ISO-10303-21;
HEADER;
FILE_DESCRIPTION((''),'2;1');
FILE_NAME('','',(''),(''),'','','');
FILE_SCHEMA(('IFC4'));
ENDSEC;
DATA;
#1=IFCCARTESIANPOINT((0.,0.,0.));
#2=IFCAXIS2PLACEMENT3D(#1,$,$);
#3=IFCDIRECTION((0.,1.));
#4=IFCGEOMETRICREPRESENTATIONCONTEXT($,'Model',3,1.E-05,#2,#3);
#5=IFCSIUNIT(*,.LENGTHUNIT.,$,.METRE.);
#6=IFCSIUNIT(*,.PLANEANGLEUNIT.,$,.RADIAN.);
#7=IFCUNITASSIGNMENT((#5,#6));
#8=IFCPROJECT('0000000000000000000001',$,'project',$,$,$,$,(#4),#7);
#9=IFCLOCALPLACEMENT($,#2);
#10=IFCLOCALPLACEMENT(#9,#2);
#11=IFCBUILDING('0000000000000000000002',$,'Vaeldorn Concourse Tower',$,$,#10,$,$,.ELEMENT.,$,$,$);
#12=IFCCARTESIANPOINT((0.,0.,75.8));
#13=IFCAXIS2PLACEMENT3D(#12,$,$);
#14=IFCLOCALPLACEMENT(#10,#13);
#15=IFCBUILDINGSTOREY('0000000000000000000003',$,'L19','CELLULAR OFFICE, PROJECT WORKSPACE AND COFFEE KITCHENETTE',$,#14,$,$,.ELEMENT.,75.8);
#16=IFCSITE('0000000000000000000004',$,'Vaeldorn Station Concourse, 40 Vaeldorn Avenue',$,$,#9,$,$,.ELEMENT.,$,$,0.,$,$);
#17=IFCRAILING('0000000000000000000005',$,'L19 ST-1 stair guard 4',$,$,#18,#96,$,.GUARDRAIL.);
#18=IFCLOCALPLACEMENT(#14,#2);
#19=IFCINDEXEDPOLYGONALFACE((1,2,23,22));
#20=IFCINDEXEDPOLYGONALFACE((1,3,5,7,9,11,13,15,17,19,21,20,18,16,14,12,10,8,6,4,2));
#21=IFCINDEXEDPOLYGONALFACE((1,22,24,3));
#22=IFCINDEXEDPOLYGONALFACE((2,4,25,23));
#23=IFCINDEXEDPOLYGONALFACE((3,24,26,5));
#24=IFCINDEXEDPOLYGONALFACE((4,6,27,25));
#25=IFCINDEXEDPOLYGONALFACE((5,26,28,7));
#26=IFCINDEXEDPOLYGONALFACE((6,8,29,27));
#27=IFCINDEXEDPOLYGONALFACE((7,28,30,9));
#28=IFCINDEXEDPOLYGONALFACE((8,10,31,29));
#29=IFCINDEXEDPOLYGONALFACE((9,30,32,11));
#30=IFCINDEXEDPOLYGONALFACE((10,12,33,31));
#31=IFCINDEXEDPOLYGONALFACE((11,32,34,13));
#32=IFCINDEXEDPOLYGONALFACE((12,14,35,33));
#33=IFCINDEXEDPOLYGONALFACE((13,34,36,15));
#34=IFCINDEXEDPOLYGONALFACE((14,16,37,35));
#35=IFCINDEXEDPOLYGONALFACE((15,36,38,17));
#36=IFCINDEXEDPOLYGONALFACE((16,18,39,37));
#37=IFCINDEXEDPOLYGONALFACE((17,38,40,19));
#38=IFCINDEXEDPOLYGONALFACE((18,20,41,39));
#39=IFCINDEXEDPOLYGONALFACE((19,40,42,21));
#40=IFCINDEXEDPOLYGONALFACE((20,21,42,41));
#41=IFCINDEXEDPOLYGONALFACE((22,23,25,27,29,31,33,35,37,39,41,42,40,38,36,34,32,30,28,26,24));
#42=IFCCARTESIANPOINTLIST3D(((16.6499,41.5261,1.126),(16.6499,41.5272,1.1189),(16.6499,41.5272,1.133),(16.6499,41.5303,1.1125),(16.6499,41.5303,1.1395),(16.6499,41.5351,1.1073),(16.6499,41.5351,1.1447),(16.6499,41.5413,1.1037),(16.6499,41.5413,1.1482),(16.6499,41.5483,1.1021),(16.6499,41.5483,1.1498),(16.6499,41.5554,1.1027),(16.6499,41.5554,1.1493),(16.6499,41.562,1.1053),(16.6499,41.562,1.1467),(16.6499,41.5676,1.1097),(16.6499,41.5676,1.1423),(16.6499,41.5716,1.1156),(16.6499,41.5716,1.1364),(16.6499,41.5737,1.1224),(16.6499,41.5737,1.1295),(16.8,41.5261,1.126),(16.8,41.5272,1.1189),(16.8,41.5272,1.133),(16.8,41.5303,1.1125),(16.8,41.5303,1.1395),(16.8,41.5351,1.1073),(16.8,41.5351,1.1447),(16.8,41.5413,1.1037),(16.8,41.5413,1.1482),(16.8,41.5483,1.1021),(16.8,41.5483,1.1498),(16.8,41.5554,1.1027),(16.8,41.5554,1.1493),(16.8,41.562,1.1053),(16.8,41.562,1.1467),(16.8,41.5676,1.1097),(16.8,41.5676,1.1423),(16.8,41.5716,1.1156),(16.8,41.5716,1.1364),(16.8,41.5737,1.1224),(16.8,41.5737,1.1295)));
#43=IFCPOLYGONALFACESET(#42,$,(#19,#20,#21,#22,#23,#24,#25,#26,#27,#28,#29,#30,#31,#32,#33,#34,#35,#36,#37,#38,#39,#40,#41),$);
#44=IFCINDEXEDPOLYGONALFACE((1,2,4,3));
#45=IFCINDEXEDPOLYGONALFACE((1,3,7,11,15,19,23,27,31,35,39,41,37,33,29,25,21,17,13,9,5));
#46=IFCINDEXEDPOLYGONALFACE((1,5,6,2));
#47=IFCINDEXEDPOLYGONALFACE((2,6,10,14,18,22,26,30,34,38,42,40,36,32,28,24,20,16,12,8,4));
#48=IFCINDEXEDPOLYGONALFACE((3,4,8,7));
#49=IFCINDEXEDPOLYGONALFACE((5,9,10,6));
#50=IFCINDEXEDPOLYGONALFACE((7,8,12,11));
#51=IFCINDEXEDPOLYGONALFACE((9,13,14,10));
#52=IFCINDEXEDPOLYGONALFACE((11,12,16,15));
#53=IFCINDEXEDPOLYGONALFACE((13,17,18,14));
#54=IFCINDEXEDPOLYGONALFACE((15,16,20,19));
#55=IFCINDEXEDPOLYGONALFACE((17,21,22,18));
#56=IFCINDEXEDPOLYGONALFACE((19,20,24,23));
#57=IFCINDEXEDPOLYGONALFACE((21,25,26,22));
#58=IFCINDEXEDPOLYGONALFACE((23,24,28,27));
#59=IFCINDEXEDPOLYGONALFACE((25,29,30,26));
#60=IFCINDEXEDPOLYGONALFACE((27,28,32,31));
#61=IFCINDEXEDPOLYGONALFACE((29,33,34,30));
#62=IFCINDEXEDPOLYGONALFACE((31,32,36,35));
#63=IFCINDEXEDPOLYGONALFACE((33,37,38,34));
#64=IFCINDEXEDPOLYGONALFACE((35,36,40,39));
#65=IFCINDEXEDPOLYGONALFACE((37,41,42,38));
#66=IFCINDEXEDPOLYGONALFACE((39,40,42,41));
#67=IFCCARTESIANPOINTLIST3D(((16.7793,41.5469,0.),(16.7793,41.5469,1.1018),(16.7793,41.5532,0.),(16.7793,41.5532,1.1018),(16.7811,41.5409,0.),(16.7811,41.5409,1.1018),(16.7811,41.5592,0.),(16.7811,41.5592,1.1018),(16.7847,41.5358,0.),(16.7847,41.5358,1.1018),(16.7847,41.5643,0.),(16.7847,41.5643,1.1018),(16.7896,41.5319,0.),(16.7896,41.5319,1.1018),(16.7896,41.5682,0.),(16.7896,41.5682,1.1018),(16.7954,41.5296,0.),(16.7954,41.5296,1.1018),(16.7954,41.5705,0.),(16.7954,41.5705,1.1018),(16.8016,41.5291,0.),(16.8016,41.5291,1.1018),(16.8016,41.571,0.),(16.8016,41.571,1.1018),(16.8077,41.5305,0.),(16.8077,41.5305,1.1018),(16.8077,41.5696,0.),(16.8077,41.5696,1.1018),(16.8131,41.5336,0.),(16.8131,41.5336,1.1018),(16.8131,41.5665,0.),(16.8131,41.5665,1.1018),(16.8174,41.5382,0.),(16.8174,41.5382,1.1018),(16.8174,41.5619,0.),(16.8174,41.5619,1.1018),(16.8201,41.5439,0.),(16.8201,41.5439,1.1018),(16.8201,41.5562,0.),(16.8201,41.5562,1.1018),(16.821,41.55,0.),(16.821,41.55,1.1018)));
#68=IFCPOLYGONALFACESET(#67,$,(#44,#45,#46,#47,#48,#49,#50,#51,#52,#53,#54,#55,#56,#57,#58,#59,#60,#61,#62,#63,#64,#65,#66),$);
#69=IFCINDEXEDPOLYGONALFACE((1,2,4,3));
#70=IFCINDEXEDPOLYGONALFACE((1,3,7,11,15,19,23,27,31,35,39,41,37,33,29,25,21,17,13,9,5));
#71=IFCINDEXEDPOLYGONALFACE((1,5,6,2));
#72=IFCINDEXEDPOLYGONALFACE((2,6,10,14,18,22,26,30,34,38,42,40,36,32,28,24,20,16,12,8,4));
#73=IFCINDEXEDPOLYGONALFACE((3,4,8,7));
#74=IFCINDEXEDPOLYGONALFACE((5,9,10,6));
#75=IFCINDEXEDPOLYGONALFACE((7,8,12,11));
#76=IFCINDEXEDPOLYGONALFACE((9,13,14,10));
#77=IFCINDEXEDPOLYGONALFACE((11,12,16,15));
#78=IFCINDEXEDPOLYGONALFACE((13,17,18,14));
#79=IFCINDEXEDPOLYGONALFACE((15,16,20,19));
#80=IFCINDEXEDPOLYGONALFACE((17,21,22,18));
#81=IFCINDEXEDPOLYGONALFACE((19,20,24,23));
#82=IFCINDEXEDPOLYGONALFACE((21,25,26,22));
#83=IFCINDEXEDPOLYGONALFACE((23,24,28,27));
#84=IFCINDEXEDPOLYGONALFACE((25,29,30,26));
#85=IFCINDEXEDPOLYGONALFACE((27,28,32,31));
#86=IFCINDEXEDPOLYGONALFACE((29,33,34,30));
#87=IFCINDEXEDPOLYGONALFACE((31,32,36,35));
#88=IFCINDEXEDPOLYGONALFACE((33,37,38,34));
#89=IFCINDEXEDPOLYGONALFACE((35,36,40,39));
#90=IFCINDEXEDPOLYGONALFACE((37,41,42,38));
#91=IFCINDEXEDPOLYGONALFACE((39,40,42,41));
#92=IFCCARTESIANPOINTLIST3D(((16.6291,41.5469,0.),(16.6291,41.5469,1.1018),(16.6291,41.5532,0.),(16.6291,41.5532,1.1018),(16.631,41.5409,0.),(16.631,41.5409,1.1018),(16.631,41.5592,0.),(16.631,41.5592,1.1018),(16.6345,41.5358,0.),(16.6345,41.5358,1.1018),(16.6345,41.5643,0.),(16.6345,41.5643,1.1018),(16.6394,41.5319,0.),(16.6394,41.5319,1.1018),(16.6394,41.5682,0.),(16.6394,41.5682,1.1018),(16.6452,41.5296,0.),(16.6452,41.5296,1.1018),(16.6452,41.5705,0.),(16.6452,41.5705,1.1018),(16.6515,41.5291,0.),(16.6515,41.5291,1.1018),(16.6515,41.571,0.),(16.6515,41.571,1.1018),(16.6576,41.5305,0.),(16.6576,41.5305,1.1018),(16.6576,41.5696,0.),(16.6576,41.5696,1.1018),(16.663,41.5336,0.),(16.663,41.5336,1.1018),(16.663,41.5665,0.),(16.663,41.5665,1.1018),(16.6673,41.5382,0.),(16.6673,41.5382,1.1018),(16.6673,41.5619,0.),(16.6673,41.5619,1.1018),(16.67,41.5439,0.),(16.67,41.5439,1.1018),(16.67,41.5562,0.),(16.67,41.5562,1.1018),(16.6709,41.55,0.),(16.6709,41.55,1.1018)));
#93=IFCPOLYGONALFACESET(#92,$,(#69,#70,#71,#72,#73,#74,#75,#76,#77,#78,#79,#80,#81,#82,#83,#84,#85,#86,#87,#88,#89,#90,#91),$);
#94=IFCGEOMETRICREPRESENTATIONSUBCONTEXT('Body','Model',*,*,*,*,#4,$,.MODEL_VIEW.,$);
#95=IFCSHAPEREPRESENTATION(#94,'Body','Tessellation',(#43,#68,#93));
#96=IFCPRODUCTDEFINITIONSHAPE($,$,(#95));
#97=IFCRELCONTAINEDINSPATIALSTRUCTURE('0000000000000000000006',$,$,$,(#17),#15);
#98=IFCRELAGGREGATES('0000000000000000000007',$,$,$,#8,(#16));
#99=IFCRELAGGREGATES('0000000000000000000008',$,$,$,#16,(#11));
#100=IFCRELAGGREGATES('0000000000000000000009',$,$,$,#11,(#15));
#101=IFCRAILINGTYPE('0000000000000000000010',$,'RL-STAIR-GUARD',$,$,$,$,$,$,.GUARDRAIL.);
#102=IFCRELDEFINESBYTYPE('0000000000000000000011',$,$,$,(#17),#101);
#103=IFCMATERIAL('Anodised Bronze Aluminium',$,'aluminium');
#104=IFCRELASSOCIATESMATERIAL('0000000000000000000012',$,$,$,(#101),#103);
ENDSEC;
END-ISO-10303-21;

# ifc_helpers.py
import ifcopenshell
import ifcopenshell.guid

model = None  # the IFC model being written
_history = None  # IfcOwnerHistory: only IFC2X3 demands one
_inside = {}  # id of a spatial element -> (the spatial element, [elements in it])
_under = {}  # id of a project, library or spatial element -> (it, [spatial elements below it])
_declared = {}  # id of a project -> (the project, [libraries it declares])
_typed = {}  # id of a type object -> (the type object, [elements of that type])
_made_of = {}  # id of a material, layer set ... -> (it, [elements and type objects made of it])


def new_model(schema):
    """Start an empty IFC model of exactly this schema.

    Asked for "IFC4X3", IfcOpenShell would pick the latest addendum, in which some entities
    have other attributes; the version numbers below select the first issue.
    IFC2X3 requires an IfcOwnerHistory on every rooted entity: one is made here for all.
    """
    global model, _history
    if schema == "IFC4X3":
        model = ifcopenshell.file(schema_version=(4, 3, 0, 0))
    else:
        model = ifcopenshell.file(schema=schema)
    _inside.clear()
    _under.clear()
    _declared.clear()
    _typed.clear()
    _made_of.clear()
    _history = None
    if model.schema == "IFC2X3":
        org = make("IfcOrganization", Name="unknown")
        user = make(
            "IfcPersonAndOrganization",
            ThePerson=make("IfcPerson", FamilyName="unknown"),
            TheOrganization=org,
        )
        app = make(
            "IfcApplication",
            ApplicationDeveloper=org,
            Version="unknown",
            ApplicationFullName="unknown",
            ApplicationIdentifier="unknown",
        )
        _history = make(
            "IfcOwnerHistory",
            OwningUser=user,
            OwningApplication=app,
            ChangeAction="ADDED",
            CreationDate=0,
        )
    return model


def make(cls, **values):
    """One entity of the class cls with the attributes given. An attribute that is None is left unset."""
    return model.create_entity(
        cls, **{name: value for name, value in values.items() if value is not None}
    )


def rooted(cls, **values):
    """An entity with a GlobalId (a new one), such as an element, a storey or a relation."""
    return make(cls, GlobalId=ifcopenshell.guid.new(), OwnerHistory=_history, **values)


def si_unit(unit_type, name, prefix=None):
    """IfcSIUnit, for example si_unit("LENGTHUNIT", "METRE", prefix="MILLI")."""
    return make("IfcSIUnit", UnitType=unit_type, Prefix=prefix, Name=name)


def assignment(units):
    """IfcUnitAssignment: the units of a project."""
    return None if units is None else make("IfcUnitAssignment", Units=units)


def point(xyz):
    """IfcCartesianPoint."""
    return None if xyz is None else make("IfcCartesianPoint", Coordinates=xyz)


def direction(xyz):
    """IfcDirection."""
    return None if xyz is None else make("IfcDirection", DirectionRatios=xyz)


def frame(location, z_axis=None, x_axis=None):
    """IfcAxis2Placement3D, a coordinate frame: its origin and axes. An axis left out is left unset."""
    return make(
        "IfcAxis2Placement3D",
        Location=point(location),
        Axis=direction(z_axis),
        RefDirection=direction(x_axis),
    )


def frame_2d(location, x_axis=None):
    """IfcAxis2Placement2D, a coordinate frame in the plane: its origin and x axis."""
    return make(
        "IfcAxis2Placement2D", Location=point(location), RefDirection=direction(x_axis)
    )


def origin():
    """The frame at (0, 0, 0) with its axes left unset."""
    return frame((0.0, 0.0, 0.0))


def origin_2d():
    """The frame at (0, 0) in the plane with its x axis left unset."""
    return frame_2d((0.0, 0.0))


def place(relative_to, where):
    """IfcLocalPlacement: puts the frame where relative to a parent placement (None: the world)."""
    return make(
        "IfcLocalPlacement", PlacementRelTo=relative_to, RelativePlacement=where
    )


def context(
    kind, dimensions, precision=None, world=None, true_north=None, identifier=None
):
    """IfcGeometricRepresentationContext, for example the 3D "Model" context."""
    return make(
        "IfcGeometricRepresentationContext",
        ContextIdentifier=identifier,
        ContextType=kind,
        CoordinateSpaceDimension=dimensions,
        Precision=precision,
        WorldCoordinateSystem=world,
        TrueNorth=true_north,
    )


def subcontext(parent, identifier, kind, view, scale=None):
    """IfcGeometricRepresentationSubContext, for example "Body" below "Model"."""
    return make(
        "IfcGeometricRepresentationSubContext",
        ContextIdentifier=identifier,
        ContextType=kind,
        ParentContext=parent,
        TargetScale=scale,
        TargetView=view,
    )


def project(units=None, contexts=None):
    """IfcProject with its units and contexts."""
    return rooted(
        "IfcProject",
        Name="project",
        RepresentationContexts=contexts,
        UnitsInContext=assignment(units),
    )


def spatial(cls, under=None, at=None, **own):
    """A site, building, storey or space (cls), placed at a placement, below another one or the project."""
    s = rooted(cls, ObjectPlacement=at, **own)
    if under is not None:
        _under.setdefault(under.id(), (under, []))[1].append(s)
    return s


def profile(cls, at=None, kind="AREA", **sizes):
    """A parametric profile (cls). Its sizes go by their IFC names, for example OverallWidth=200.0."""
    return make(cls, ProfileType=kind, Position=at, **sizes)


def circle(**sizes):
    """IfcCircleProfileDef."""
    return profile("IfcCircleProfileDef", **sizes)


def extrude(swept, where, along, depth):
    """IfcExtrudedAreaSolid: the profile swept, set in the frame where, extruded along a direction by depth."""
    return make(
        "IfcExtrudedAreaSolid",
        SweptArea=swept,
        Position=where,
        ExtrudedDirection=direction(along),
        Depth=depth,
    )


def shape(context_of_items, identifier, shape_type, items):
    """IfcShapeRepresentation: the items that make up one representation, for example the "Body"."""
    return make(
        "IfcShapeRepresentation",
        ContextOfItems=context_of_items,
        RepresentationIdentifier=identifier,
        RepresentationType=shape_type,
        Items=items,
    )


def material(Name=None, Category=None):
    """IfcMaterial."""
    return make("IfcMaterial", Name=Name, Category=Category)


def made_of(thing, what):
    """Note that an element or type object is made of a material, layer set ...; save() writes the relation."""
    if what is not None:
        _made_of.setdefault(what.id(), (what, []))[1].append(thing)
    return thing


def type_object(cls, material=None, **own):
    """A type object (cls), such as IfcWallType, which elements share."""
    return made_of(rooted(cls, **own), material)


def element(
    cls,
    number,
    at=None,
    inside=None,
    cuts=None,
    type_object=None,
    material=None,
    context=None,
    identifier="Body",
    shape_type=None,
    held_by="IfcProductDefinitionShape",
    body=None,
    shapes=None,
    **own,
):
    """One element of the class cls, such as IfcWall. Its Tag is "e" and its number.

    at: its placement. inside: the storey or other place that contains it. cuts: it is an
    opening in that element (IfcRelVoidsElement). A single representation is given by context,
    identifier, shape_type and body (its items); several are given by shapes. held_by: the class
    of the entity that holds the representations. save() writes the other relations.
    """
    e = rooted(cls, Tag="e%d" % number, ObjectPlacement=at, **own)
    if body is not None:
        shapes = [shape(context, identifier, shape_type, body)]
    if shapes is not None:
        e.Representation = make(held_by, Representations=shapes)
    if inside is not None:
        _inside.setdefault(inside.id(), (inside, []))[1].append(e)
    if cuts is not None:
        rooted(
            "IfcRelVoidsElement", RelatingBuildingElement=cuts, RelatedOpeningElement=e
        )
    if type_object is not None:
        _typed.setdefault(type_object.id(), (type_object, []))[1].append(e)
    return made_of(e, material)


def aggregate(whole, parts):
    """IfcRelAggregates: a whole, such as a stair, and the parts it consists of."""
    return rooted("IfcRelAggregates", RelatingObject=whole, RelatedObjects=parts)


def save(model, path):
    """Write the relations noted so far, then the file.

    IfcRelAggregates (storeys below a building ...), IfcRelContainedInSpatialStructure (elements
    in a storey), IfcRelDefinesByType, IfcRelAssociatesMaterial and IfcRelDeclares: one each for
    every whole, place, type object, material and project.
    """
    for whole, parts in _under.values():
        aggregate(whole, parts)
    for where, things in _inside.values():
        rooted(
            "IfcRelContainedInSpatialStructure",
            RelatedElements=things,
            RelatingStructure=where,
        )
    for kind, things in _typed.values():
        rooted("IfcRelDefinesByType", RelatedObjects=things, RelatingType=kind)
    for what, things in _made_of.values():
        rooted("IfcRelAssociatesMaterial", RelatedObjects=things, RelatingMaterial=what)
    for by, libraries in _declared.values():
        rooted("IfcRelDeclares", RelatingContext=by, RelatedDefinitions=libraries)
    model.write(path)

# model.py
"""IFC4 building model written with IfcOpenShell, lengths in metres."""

from ifc_helpers import new_model, si_unit, direction, frame, origin, origin_2d, place, context, subcontext, project, spatial, circle, extrude, material, type_object, element, save


model = new_model("IFC4")

# Units and contexts
model_context = context("Model", 3, precision=1e-05, world=origin(), true_north=direction((0.0, 1.0)))
body_context = subcontext(model_context, "Body", "Model", "MODEL_VIEW")
ifc_project = project(units=[si_unit("LENGTHUNIT", "METRE"), si_unit("PLANEANGLEUNIT", "RADIAN")], contexts=[model_context])

# Site, building, storey
site_placement = place(None, origin())
site = spatial("IfcSite", under=ifc_project, at=site_placement, Name="Vaeldorn Station Concourse, 40 Vaeldorn Avenue", CompositionType="ELEMENT", RefElevation=0.0)
building_placement = place(site_placement, origin())
building = spatial("IfcBuilding", under=site, at=building_placement, Name="Vaeldorn Concourse Tower", CompositionType="ELEMENT")
storey_placement = place(building_placement, frame((0.0, 0.0, 75.8)))
storey = spatial("IfcBuildingStorey", under=building, at=storey_placement, Name="L19", Description="CELLULAR OFFICE, PROJECT WORKSPACE AND COFFEE KITCHENETTE", CompositionType="ELEMENT", Elevation=75.8)

# Shared definitions
ifc_material_1 = material(Name="Anodised Bronze Aluminium", Category="aluminium")

# Railing
railing_type_1 = type_object("IfcRailingType", Name="RL-STAIR-GUARD", PredefinedType="GUARDRAIL", material=ifc_material_1)
railing_1_placement = place(storey_placement, frame((16.8, 41.55, 0.0)))
element("IfcRailing", 1, at=railing_1_placement, inside=storey, type_object=railing_type_1, Name="L19 ST-1 stair guard 4", PredefinedType="GUARDRAIL", context=body_context, shape_type="SweptSolid", body=[
    extrude(circle(Radius=0.0239, at=origin_2d()), frame((0.0, 0.0, 1.126), z_axis=(-1.0, 0.0, 0.0), x_axis=(0.0, -1.0, 0.0)), (0.0, 0.0, 1.0), 0.1501),
    extrude(circle(Radius=0.021, at=origin_2d()), origin(), (0.0, 0.0, 1.0), 1.1018),
    extrude(circle(Radius=0.021, at=origin_2d()), frame((-0.1501, 0.0, 0.0)), (0.0, 0.0, 1.0), 1.1018),
])

save(model, "model.ifc")
